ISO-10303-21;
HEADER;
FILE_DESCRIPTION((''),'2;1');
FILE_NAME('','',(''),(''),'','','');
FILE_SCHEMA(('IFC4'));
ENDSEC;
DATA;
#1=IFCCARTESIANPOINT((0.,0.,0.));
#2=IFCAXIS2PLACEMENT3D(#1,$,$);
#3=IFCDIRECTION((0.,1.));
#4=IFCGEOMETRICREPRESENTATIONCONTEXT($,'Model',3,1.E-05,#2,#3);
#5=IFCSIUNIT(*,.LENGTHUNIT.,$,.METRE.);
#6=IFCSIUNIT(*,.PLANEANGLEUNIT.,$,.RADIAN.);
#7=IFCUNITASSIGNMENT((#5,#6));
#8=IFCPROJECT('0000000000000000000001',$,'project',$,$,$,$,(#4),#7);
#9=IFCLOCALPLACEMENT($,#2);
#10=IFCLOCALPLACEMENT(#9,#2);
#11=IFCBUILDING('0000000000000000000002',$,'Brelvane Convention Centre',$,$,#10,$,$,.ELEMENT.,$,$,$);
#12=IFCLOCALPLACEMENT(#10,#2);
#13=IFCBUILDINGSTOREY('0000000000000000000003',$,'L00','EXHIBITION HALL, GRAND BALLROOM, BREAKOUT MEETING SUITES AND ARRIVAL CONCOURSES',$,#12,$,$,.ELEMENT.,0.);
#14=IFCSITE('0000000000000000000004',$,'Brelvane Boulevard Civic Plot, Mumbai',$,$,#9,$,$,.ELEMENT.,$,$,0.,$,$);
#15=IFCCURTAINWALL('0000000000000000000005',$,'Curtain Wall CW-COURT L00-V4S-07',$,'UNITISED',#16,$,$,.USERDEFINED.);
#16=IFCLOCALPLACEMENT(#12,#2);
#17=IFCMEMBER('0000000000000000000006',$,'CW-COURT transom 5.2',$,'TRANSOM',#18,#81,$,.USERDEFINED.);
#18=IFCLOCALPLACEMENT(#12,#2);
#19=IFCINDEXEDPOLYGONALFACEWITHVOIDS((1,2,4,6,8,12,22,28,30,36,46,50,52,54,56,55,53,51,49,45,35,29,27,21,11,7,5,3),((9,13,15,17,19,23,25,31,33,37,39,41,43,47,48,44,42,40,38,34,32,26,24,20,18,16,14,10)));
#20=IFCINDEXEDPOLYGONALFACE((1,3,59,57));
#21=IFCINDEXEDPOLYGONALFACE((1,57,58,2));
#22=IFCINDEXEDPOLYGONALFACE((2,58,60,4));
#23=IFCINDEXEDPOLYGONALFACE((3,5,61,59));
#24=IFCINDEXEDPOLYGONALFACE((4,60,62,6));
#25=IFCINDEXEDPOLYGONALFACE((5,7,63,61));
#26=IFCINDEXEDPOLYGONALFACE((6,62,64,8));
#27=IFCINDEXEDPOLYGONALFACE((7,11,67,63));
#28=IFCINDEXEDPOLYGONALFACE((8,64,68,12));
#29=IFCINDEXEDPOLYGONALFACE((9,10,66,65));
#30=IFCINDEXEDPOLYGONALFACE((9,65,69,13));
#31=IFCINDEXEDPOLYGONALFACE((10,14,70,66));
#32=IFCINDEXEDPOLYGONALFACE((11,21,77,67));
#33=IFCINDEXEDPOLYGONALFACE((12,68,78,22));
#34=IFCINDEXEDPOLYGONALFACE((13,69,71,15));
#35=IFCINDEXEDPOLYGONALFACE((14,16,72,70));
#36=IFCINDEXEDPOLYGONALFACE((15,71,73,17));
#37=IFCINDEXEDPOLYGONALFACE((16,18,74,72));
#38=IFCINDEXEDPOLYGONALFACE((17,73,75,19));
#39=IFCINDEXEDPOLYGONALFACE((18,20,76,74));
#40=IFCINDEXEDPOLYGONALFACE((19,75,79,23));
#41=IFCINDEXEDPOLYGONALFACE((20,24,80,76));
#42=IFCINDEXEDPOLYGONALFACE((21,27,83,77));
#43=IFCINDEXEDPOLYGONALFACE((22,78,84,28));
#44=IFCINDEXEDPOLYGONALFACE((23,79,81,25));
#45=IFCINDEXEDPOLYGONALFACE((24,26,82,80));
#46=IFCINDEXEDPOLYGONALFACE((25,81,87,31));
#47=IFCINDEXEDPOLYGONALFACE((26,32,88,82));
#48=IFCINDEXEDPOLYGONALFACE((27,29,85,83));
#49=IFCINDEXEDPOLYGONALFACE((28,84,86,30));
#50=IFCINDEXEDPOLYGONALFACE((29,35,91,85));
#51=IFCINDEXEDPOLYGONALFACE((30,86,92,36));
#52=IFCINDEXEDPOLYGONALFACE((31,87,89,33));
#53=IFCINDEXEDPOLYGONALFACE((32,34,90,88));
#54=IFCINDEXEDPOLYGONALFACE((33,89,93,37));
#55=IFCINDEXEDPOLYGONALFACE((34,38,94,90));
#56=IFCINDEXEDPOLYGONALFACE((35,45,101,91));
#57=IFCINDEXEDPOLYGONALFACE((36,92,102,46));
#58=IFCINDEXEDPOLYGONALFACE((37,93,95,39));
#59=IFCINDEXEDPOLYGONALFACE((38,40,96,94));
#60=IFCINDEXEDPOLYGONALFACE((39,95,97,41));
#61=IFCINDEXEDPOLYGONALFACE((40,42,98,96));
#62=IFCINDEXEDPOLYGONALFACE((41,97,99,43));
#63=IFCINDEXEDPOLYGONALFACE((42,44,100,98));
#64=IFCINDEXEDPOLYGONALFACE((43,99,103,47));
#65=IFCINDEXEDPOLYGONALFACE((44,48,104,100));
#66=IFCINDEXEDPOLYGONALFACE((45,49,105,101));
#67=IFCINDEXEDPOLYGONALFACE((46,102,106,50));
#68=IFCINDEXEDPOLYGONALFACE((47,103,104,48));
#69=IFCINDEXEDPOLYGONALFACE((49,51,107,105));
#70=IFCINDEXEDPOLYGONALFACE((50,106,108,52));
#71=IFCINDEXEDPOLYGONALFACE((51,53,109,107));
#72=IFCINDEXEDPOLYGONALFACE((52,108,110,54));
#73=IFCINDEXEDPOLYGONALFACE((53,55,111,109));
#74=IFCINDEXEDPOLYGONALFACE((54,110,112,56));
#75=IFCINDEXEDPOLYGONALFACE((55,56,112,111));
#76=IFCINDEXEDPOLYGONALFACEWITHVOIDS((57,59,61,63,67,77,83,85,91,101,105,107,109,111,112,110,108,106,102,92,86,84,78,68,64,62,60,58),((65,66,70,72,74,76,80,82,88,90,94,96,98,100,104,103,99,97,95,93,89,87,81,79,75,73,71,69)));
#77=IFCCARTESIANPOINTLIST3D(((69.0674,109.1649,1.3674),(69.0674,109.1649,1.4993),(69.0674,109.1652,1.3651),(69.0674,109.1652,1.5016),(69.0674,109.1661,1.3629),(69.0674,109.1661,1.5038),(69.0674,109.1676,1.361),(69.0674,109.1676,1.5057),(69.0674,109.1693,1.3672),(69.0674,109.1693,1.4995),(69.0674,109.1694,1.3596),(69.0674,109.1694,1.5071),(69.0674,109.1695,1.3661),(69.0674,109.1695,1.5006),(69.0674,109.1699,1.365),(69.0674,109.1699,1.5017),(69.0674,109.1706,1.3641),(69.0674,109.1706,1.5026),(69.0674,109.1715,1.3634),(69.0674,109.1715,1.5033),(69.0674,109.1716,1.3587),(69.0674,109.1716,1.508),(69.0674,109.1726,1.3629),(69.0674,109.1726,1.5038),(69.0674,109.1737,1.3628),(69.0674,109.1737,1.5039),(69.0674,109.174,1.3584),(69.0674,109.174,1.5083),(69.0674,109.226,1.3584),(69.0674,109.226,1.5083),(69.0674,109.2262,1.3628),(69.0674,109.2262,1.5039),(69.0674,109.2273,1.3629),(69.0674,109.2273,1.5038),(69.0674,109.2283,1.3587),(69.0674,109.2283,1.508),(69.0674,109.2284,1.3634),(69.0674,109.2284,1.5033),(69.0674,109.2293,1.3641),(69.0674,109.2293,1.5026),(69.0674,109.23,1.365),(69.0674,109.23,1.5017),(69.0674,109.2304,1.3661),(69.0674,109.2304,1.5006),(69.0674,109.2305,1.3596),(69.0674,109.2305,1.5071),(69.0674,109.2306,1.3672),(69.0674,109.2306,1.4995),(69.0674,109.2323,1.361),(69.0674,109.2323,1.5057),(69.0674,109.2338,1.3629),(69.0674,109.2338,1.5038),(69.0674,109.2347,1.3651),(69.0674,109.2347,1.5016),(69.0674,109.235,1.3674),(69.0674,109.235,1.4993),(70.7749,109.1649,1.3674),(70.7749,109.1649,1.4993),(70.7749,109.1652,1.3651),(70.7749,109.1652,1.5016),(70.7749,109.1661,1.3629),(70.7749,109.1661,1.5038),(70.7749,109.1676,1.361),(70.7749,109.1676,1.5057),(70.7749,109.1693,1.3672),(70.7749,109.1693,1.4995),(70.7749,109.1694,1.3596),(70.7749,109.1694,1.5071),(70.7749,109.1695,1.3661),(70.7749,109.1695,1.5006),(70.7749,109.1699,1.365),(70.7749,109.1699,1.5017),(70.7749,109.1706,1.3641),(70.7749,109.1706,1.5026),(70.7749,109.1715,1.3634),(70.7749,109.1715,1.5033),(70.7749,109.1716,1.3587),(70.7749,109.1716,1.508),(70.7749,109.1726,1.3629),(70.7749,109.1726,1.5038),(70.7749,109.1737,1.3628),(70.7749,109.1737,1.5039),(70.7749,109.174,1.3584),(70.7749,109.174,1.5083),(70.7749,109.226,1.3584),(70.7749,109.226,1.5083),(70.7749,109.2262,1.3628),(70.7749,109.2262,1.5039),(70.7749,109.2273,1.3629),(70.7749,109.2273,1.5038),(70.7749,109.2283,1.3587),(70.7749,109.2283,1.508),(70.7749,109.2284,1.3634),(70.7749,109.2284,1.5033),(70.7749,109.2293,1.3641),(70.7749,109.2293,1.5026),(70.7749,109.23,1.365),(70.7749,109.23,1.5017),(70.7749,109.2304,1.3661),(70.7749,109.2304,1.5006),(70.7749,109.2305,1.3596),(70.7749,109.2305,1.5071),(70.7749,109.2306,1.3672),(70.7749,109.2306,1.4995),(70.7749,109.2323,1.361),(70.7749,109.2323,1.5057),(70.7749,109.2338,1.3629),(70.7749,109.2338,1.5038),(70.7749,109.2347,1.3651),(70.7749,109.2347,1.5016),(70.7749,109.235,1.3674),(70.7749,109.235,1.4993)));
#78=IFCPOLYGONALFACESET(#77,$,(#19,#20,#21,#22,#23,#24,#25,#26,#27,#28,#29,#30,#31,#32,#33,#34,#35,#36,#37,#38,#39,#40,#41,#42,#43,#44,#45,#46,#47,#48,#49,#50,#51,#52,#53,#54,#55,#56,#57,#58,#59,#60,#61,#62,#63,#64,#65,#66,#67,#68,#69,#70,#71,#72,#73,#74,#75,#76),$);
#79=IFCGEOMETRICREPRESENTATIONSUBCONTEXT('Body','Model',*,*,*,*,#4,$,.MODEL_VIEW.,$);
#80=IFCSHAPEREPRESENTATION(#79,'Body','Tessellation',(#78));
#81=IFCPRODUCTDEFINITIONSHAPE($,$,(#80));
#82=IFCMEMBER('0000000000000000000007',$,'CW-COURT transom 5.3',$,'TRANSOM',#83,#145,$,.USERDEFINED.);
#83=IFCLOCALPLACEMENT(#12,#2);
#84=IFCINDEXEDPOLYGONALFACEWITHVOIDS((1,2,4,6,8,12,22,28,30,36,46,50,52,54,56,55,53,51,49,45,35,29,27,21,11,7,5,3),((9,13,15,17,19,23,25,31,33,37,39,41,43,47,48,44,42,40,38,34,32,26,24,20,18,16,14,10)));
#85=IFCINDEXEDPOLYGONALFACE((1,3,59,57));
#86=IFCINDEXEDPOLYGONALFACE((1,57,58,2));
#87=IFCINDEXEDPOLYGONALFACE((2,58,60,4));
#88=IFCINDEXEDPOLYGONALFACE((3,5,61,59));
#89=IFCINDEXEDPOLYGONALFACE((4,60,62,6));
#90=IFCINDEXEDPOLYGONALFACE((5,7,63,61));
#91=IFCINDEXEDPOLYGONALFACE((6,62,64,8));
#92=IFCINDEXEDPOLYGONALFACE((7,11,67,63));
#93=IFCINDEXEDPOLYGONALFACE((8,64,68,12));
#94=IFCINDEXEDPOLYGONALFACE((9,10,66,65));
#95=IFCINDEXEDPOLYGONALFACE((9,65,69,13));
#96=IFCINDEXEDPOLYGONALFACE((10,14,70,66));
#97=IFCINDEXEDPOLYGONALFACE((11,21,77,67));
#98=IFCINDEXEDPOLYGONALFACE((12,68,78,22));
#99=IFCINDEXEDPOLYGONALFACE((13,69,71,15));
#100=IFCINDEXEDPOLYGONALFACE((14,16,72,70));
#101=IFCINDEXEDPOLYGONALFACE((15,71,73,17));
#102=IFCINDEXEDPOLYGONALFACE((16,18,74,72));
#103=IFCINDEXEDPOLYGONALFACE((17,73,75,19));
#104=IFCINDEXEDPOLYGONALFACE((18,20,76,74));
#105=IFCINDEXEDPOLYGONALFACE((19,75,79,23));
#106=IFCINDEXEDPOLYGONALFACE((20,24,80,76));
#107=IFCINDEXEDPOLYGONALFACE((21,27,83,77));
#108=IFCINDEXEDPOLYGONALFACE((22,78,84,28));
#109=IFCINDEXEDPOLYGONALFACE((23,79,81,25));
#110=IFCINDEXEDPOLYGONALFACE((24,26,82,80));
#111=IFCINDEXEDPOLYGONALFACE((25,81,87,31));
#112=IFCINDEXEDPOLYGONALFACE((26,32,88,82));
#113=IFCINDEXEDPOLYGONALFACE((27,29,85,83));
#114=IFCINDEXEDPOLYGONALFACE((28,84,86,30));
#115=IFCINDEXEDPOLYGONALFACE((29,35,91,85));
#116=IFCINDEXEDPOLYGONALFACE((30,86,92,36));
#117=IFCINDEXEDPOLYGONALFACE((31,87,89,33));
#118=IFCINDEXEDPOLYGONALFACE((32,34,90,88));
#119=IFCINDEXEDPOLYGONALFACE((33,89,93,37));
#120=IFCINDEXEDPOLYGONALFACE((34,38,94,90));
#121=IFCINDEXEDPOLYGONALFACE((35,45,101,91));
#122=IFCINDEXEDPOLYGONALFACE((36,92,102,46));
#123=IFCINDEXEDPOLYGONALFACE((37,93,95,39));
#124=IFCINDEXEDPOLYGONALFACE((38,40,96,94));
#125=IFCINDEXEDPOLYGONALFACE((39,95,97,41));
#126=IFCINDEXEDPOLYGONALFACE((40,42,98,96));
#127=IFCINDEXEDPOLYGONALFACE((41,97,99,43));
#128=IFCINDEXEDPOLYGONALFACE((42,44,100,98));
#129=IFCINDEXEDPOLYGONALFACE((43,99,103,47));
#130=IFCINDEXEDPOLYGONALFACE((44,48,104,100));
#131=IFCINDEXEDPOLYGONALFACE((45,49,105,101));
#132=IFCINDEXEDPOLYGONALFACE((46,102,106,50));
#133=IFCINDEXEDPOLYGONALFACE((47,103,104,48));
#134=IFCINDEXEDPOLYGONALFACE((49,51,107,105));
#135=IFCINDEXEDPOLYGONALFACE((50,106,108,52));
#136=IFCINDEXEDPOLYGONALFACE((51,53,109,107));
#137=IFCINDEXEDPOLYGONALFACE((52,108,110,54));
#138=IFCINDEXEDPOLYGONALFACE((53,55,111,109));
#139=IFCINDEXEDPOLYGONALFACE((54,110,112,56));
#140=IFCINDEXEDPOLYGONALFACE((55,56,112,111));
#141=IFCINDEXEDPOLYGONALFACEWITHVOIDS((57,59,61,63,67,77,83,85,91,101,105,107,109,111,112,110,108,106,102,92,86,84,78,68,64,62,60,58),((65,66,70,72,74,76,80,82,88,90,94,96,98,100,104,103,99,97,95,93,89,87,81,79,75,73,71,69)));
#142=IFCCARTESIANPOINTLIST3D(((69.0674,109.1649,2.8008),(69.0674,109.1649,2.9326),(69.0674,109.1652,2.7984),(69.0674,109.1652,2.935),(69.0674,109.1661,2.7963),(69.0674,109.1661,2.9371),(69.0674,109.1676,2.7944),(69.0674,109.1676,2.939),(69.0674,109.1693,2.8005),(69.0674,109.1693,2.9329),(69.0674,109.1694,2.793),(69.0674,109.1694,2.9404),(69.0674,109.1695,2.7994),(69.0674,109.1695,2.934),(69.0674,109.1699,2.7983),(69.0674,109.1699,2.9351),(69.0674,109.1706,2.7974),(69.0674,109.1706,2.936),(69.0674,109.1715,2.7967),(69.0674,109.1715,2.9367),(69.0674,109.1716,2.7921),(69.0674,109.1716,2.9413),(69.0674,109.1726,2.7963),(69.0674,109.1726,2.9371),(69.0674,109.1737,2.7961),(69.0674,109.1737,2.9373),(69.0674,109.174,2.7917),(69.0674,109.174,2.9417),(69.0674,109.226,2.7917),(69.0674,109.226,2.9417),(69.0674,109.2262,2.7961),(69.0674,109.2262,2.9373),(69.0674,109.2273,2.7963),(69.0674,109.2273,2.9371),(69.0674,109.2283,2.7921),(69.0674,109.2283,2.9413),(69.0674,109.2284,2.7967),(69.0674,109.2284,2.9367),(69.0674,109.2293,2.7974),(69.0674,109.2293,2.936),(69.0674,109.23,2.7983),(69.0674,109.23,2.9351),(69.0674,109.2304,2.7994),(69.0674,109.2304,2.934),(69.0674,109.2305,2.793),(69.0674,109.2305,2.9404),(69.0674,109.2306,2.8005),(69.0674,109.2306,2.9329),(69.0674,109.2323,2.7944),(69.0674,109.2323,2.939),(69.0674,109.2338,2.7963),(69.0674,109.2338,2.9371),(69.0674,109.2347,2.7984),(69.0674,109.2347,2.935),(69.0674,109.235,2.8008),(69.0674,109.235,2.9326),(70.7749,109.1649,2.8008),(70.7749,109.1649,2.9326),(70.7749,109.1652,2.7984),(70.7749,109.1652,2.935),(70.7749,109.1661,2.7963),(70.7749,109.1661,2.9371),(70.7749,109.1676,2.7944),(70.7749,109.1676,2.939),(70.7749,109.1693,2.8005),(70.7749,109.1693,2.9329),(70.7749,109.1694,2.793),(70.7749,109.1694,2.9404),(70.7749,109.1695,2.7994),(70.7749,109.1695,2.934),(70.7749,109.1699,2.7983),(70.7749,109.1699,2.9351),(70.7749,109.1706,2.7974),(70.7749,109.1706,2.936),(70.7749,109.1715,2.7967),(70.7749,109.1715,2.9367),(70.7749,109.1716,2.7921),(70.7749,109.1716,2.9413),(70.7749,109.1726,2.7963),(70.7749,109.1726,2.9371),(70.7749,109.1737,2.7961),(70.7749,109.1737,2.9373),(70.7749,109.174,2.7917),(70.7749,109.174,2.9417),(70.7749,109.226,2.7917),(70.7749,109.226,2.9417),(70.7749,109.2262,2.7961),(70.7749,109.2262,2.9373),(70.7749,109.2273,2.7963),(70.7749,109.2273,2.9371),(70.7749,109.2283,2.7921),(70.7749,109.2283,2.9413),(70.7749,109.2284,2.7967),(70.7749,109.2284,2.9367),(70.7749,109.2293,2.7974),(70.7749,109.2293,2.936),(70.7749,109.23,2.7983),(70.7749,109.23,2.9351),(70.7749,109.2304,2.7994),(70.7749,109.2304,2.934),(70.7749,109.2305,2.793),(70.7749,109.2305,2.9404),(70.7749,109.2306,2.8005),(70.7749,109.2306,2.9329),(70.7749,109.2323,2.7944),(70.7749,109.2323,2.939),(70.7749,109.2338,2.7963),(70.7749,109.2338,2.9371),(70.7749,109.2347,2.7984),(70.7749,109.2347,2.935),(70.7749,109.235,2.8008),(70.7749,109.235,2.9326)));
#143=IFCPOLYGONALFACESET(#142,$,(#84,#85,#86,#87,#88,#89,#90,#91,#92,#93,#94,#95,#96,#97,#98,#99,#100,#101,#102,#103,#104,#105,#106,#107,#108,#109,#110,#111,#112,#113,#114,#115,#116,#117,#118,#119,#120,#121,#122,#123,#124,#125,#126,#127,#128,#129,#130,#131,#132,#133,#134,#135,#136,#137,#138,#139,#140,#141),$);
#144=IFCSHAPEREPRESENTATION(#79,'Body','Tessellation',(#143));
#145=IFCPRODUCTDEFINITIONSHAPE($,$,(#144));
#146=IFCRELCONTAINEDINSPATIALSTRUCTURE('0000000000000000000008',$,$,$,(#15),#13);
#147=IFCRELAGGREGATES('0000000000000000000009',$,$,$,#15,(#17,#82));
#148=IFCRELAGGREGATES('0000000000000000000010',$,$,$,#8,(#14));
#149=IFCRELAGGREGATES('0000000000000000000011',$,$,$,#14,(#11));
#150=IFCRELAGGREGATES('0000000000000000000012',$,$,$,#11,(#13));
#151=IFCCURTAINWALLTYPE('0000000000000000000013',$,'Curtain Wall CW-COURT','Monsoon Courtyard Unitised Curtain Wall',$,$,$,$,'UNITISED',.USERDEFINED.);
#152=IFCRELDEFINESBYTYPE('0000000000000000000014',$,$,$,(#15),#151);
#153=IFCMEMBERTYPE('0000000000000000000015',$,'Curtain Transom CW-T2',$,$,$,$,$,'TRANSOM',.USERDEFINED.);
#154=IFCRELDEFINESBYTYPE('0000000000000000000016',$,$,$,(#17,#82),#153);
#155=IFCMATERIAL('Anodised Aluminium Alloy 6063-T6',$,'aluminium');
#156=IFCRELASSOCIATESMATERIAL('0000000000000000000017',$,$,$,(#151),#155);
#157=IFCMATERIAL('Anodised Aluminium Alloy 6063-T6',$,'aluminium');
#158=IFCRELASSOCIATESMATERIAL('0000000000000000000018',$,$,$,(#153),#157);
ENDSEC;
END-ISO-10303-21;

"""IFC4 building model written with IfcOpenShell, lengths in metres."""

from ifc_helpers import new_model, si_unit, direction, frame, origin, origin_2d, place, context, subcontext, project, spatial, hollow_rectangle, extrude, material, material_profile, profile_set, type_object, element, aggregate, save


model = new_model("IFC4")

# Units and contexts
model_context = context("Model", 3, precision=1e-05, world=origin(), true_north=direction((0.0, 1.0)))
body_context = subcontext(model_context, "Body", "Model", "MODEL_VIEW")
ifc_project = project(units=[si_unit("LENGTHUNIT", "METRE"), si_unit("PLANEANGLEUNIT", "RADIAN")], contexts=[model_context])

# Site, building, storey
site_placement = place(None, origin())
site = spatial("IfcSite", under=ifc_project, at=site_placement, Name="Brelvane Boulevard Civic Plot, Mumbai", CompositionType="ELEMENT", RefElevation=0.0)
building_placement = place(site_placement, origin())
building = spatial("IfcBuilding", under=site, at=building_placement, Name="Brelvane Convention Centre", CompositionType="ELEMENT")
storey_placement = place(building_placement, origin())
storey = spatial("IfcBuildingStorey", under=building, at=storey_placement, Name="L00", Description="EXHIBITION HALL, GRAND BALLROOM, BREAKOUT MEETING SUITES AND ARRIVAL CONCOURSES", CompositionType="ELEMENT", Elevation=0.0)

# Curtain wall, members
ifc_material_1 = material(Name="Anodised Aluminium Alloy 6063-T6", Category="aluminium")
curtain_wall_type = type_object("IfcCurtainWallType", Name="Curtain Wall CW-COURT", Description="Monsoon Courtyard Unitised Curtain Wall", ElementType="UNITISED", PredefinedType="USERDEFINED", material=ifc_material_1)
curtain_wall_placement = place(storey_placement, origin())
curtain_wall = element("IfcCurtainWall", 1, at=curtain_wall_placement, inside=storey, type_object=curtain_wall_type, Name="Curtain Wall CW-COURT L00-V4S-07", ObjectType="UNITISED", PredefinedType="USERDEFINED")
ifc_material_2 = material(Name="Anodised Aluminium Alloy 6063-T6", Category="aluminium")
ifc_material_profile_1 = material_profile(ifc_material_2, hollow_rectangle(XDim=0.0701, YDim=0.1499, WallThickness=0.0044, InnerFilletRadius=0.0044, OuterFilletRadius=0.009, at=origin_2d()), Name="ALU-T 150x70x4.5")
ifc_profile_set_1 = profile_set([ifc_material_profile_1], Name="Anodised Aluminium Alloy 6063-T6")
member_type_1 = type_object("IfcMemberType", Name="Curtain Transom CW-T2", ElementType="TRANSOM", PredefinedType="USERDEFINED", material=ifc_profile_set_1)
member_1_placement = place(storey_placement, frame((69.0674, 109.2, 1.4333), z_axis=(1.0, 0.0, 0.0), x_axis=(0.0, 1.0, 0.0)))
member_1 = element("IfcMember", 2, at=member_1_placement, type_object=member_type_1, Name="CW-COURT transom 5.2", ObjectType="TRANSOM", PredefinedType="USERDEFINED", context=body_context, shape_type="SweptSolid", body=[
    extrude(hollow_rectangle(XDim=0.0701, YDim=0.1499, WallThickness=0.0044, InnerFilletRadius=0.0044, OuterFilletRadius=0.009, at=origin_2d()), origin(), (0.0, 0.0, 1.0), 1.7075),
])
member_2_placement = place(storey_placement, frame((69.0674, 109.2, 2.8667), z_axis=(1.0, 0.0, 0.0), x_axis=(0.0, 1.0, 0.0)))
member_2 = element("IfcMember", 3, at=member_2_placement, type_object=member_type_1, Name="CW-COURT transom 5.3", ObjectType="TRANSOM", PredefinedType="USERDEFINED", context=body_context, shape_type="SweptSolid", body=[
    extrude(hollow_rectangle(XDim=0.0701, YDim=0.1499, WallThickness=0.0044, InnerFilletRadius=0.0044, OuterFilletRadius=0.009, at=origin_2d()), origin(), (0.0, 0.0, 1.0), 1.7075),
])
aggregate(curtain_wall, [member_1, member_2])

save(model, "model.ifc")
